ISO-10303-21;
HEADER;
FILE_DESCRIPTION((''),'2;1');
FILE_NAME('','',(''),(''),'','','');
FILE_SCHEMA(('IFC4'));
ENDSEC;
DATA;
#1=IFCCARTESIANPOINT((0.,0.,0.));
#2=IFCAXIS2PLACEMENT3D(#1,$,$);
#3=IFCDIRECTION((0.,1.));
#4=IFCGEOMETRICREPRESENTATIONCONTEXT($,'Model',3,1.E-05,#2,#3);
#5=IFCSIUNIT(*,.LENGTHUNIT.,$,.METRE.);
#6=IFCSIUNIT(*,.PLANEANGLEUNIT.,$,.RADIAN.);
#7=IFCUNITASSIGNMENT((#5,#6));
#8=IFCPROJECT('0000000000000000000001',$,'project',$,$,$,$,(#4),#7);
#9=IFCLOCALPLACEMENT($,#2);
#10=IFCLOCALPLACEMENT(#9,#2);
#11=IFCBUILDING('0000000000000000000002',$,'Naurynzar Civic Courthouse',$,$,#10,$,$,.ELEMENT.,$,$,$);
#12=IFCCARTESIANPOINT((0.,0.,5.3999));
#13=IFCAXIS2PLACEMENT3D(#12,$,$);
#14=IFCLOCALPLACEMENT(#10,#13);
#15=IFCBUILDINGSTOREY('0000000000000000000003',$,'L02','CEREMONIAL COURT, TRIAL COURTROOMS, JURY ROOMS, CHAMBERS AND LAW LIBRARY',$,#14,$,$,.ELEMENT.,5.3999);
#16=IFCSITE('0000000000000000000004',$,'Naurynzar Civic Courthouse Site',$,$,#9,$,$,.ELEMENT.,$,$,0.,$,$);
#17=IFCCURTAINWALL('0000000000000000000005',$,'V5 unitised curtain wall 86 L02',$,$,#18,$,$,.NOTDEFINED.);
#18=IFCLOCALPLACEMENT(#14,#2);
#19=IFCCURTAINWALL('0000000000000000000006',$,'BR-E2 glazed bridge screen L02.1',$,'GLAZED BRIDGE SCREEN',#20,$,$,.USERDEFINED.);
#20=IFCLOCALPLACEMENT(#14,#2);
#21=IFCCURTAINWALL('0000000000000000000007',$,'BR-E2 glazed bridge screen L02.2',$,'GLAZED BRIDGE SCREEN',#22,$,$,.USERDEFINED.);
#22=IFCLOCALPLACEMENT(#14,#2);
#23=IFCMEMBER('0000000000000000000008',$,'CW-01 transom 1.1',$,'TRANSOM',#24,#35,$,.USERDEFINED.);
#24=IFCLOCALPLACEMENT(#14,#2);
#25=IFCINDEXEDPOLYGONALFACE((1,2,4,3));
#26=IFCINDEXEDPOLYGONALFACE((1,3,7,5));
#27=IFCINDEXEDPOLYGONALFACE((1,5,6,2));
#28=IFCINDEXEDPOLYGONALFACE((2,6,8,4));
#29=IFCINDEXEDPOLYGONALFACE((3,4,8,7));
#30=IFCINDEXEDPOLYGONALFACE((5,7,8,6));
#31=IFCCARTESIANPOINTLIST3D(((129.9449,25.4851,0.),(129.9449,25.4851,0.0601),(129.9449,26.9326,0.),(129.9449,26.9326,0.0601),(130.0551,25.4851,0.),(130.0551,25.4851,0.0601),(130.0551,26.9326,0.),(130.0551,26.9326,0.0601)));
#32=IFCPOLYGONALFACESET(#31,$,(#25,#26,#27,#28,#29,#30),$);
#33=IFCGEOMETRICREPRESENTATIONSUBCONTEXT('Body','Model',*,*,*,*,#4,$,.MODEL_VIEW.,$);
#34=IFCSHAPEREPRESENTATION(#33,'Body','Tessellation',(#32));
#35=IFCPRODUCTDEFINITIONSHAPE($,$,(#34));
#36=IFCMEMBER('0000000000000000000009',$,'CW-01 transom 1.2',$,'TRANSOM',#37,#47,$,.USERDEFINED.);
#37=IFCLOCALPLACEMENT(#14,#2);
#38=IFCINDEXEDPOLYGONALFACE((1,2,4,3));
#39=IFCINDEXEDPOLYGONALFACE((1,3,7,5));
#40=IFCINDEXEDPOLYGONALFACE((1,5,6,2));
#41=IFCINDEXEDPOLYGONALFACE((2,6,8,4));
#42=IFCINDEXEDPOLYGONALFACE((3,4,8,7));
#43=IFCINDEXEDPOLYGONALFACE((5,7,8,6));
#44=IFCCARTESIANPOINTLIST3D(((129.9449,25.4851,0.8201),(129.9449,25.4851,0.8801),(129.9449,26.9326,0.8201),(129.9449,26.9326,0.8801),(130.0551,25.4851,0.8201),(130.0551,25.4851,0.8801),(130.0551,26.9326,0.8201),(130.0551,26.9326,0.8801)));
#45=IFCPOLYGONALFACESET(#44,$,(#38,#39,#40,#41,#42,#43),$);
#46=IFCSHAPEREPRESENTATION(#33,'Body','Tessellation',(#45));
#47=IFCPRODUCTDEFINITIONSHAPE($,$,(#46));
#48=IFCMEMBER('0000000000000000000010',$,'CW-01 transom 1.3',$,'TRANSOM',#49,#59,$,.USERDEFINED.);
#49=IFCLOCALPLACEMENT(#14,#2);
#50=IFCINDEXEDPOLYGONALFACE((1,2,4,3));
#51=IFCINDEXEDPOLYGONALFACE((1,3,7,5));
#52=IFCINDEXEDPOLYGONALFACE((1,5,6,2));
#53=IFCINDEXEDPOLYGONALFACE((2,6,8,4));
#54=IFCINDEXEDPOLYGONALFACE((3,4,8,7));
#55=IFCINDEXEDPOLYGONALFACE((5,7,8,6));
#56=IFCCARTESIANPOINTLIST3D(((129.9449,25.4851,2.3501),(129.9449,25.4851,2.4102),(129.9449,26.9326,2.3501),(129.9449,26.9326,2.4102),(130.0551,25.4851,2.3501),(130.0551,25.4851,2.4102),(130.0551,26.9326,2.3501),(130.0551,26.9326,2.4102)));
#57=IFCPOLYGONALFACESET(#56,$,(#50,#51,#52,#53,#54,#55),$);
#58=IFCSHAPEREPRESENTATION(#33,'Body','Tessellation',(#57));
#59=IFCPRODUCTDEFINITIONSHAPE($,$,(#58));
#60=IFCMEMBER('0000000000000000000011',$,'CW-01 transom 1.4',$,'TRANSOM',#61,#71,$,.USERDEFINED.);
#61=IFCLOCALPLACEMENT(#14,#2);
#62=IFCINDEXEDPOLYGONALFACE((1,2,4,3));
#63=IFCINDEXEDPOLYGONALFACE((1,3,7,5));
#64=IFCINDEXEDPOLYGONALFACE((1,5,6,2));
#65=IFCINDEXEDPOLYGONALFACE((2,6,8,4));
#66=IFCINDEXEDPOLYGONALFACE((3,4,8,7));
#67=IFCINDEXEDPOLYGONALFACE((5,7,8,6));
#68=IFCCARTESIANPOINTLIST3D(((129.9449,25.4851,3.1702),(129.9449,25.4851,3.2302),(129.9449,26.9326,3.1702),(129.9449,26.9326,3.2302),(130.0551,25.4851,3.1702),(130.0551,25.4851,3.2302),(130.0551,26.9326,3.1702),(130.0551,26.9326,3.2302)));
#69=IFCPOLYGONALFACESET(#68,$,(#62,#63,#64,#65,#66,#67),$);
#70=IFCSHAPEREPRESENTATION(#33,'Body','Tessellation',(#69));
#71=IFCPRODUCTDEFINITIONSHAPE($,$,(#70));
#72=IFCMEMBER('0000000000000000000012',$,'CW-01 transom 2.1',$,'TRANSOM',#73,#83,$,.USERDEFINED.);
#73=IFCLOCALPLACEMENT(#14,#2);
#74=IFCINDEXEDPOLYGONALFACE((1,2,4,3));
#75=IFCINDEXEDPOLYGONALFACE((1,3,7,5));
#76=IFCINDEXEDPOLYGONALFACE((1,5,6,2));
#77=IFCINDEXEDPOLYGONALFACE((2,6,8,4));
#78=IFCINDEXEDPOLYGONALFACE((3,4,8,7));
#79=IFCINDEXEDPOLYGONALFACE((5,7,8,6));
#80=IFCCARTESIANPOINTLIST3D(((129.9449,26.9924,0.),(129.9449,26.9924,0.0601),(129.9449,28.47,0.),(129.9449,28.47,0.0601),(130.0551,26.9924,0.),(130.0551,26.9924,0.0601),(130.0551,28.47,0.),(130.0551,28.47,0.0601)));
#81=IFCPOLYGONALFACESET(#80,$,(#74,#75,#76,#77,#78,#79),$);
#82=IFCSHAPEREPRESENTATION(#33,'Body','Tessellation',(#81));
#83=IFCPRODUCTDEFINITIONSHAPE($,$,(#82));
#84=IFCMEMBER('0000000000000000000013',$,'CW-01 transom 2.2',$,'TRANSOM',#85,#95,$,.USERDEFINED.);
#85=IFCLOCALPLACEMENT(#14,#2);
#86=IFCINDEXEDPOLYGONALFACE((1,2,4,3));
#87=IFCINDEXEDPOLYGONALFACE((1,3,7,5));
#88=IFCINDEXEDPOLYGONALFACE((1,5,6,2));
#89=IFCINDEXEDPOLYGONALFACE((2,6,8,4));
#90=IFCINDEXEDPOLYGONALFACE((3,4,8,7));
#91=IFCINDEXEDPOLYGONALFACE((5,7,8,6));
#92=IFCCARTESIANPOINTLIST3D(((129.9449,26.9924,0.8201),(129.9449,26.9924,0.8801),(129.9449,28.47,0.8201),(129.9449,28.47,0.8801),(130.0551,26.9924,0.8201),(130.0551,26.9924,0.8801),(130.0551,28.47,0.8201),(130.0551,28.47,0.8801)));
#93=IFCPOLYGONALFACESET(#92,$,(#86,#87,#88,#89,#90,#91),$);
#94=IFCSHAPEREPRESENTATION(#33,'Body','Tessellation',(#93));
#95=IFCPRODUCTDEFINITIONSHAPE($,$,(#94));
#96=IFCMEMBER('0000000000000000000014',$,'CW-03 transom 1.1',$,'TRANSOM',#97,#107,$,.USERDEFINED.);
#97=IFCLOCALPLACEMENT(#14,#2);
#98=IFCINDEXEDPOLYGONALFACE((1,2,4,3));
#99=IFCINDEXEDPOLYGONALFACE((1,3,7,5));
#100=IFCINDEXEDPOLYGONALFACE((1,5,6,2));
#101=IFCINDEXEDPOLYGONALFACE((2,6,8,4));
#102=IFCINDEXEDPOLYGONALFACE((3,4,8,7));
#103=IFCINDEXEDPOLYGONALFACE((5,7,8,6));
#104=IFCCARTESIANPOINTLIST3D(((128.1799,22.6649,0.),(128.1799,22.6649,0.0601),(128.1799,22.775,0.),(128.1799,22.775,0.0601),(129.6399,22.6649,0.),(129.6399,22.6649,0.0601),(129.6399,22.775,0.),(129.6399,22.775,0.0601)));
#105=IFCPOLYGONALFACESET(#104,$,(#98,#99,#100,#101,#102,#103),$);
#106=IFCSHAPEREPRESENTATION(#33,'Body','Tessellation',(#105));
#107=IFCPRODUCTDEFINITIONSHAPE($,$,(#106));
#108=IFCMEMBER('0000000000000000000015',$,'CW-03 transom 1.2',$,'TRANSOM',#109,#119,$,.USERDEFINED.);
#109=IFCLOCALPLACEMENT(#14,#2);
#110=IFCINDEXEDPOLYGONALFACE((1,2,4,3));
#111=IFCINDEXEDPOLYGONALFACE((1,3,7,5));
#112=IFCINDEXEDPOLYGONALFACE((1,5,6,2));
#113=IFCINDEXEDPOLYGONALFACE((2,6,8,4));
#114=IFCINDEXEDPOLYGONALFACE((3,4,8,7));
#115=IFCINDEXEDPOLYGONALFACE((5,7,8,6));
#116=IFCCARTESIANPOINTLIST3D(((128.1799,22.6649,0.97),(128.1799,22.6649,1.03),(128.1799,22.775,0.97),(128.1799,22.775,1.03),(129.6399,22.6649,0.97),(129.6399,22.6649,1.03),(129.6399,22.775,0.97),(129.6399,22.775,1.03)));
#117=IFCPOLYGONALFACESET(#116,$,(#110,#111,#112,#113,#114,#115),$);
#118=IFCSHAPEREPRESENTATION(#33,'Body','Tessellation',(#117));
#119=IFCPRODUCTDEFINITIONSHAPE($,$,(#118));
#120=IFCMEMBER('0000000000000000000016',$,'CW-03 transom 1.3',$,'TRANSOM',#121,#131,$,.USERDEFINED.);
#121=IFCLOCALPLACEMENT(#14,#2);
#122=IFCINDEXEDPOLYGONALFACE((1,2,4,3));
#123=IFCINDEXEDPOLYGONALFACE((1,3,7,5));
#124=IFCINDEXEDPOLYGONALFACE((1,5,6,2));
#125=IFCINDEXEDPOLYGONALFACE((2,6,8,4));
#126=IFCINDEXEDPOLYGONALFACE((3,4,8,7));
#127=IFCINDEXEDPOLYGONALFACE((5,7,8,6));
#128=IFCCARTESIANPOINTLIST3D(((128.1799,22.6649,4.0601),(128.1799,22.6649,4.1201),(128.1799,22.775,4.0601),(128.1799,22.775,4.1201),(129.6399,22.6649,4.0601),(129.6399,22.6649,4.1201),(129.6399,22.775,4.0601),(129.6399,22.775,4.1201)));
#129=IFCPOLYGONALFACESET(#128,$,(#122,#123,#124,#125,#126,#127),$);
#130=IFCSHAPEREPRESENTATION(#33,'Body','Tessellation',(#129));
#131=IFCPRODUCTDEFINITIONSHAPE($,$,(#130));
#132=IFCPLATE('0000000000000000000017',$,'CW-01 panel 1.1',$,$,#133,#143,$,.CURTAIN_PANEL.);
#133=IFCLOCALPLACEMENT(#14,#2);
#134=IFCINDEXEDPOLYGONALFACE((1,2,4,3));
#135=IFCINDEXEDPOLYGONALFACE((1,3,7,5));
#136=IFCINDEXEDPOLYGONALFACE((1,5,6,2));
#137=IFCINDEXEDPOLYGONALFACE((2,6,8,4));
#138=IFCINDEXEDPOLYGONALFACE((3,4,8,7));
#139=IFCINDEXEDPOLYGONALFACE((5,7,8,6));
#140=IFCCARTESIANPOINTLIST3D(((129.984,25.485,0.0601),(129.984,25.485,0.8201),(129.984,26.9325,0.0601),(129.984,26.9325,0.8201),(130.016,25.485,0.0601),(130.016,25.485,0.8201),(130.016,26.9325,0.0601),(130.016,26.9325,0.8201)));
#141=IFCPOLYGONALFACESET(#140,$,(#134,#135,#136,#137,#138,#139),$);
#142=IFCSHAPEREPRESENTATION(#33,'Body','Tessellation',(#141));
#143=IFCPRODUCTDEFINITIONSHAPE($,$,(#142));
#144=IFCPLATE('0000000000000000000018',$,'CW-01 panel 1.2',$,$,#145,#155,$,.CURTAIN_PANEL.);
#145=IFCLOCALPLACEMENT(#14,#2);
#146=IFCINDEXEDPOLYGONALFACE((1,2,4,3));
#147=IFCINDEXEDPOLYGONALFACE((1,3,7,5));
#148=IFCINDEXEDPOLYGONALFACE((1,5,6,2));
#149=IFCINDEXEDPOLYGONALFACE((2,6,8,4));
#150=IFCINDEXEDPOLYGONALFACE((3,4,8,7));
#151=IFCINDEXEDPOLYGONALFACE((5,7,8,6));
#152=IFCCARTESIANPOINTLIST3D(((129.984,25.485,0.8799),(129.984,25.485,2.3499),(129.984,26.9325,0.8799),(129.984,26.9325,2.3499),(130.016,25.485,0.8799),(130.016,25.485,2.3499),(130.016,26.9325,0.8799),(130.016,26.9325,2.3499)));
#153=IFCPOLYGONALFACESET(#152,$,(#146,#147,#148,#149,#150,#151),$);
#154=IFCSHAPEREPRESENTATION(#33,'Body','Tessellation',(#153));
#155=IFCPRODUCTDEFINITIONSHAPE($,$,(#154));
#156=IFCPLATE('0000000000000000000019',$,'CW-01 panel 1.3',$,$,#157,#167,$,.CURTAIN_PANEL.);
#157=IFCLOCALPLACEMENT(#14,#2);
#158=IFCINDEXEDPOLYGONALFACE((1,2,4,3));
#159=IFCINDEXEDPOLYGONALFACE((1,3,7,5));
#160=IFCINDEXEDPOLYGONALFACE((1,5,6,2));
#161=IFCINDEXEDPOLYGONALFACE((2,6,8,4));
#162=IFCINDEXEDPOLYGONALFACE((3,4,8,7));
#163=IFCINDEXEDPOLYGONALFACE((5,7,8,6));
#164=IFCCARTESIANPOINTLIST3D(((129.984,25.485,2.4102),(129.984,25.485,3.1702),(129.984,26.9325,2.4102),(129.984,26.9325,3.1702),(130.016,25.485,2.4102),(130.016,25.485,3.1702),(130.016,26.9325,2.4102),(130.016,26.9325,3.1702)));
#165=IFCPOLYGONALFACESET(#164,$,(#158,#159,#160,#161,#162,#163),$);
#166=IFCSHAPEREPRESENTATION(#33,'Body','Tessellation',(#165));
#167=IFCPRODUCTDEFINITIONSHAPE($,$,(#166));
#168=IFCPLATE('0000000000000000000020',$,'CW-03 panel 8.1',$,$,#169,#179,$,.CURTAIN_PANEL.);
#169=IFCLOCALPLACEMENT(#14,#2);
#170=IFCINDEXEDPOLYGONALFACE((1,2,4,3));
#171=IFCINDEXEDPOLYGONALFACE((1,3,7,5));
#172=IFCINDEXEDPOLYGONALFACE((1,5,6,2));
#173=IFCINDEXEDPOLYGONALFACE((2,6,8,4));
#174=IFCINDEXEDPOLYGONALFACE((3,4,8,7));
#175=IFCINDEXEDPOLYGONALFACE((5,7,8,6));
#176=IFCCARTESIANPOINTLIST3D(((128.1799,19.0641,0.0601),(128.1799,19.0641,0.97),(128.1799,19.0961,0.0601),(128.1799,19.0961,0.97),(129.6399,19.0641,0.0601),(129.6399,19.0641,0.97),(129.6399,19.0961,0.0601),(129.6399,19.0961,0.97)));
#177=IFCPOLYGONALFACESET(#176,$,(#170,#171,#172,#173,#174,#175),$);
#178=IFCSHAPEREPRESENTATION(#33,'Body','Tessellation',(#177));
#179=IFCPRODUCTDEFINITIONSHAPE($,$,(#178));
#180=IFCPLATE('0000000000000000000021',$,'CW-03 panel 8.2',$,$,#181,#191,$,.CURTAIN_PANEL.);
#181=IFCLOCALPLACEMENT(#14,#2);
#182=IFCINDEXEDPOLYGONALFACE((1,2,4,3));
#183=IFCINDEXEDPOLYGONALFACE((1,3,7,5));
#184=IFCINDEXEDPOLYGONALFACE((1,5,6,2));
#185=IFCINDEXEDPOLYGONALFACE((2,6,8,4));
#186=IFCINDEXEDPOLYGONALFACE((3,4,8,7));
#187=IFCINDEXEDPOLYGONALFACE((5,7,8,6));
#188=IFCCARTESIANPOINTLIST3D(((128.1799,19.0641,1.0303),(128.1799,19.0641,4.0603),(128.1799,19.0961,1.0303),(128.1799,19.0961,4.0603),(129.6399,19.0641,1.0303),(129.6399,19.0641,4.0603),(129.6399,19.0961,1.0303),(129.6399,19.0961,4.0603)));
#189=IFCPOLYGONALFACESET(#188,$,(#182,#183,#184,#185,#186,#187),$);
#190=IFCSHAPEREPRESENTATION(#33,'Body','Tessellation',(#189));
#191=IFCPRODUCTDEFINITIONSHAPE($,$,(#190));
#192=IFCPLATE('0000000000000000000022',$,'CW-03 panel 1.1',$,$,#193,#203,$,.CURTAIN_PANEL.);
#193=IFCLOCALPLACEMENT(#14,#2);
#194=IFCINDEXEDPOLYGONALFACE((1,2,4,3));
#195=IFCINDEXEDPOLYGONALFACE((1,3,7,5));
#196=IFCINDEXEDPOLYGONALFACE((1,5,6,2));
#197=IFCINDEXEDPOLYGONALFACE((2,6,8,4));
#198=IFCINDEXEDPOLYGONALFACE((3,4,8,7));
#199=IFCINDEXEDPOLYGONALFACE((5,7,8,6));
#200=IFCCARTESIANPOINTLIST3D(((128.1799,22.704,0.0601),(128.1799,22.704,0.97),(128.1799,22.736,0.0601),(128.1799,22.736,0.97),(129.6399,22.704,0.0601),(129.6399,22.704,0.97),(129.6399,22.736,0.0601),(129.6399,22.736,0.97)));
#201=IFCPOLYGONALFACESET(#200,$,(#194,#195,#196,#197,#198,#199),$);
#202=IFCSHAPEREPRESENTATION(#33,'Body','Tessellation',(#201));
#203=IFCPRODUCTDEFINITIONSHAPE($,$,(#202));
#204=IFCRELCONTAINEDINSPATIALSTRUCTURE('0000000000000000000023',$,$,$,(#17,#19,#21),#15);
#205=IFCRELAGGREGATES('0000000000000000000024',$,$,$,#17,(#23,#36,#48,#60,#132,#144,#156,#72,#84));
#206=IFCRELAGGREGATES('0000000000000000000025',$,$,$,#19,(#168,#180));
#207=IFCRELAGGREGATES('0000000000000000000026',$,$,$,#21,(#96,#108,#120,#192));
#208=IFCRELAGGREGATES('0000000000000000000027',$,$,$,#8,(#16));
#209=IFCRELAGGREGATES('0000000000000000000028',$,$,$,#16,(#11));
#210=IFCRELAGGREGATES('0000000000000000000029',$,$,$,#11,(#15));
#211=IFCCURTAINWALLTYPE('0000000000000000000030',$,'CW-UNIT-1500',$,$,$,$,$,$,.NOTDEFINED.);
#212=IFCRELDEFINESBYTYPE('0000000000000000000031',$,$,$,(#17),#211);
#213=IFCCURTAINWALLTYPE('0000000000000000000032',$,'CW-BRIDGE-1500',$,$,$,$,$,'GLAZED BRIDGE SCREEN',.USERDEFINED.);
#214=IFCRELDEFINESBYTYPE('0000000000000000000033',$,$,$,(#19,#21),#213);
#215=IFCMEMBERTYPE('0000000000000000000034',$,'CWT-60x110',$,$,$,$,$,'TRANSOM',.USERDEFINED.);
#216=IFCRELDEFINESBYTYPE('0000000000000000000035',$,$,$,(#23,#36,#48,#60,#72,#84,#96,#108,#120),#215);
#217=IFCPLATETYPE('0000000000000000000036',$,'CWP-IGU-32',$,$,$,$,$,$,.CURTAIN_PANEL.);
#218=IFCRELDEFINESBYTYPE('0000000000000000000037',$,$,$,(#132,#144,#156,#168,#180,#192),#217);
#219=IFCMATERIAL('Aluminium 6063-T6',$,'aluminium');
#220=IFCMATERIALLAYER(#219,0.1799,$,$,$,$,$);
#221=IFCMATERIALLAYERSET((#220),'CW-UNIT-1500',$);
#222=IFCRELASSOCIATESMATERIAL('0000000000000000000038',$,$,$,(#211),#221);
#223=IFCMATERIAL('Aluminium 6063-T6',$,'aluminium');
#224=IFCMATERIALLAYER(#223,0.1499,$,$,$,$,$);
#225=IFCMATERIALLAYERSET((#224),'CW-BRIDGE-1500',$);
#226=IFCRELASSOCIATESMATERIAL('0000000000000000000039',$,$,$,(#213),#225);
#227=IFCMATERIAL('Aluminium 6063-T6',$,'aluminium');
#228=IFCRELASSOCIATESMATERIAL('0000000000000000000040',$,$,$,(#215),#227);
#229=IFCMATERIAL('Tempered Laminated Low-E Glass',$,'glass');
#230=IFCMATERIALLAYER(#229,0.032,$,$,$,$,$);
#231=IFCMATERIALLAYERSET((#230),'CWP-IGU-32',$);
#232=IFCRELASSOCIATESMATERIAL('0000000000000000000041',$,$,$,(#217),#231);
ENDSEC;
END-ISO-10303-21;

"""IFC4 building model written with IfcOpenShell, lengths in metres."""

from ifc_helpers import new_model, si_unit, direction, frame, origin, origin_2d, place, context, subcontext, project, spatial, rectangle, extrude, material, layer, layer_set, material_profile, profile_set, type_object, element, aggregate, save


model = new_model("IFC4")

# Units and contexts
model_context = context("Model", 3, precision=1e-05, world=origin(), true_north=direction((0.0, 1.0)))
body_context = subcontext(model_context, "Body", "Model", "MODEL_VIEW")
ifc_project = project(units=[si_unit("LENGTHUNIT", "METRE"), si_unit("PLANEANGLEUNIT", "RADIAN")], contexts=[model_context])

# Site, building, storey
site_placement = place(None, origin())
site = spatial("IfcSite", under=ifc_project, at=site_placement, Name="Naurynzar Civic Courthouse Site", CompositionType="ELEMENT", RefElevation=0.0)
building_placement = place(site_placement, origin())
building = spatial("IfcBuilding", under=site, at=building_placement, Name="Naurynzar Civic Courthouse", CompositionType="ELEMENT")
storey_placement = place(building_placement, frame((0.0, 0.0, 5.3999)))
storey = spatial("IfcBuildingStorey", under=building, at=storey_placement, Name="L02", Description="CEREMONIAL COURT, TRIAL COURTROOMS, JURY ROOMS, CHAMBERS AND LAW LIBRARY", CompositionType="ELEMENT", Elevation=5.3999)

# Curtain wall
ifc_material_1 = material(Name="Aluminium 6063-T6", Category="aluminium")
ifc_layer_1 = layer(ifc_material_1, 0.1799)
ifc_layer_set_1 = layer_set([ifc_layer_1], Name="CW-UNIT-1500")
curtain_wall_type_1 = type_object("IfcCurtainWallType", Name="CW-UNIT-1500", PredefinedType="NOTDEFINED", material=ifc_layer_set_1)
curtain_wall_1_placement = place(storey_placement, origin())
curtain_wall_1 = element("IfcCurtainWall", 1, at=curtain_wall_1_placement, inside=storey, type_object=curtain_wall_type_1, Name="V5 unitised curtain wall 86 L02", PredefinedType="NOTDEFINED")

# Curtain walls
ifc_material_2 = material(Name="Aluminium 6063-T6", Category="aluminium")
ifc_layer_2 = layer(ifc_material_2, 0.1499)
ifc_layer_set_2 = layer_set([ifc_layer_2], Name="CW-BRIDGE-1500")
curtain_wall_type_2 = type_object("IfcCurtainWallType", Name="CW-BRIDGE-1500", ElementType="GLAZED BRIDGE SCREEN", PredefinedType="USERDEFINED", material=ifc_layer_set_2)
curtain_wall_2_placement = place(storey_placement, origin())
curtain_wall_2 = element("IfcCurtainWall", 2, at=curtain_wall_2_placement, inside=storey, type_object=curtain_wall_type_2, Name="BR-E2 glazed bridge screen L02.1", ObjectType="GLAZED BRIDGE SCREEN", PredefinedType="USERDEFINED")
curtain_wall_3_placement = place(storey_placement, origin())
curtain_wall_3 = element("IfcCurtainWall", 3, at=curtain_wall_3_placement, inside=storey, type_object=curtain_wall_type_2, Name="BR-E2 glazed bridge screen L02.2", ObjectType="GLAZED BRIDGE SCREEN", PredefinedType="USERDEFINED")

# Members
ifc_material_3 = material(Name="Aluminium 6063-T6", Category="aluminium")
ifc_material_profile_1 = material_profile(ifc_material_3, rectangle(XDim=0.1101, YDim=0.0601, at=origin_2d()), Name="ALU TRANSOM 60x110")
ifc_profile_set_1 = profile_set([ifc_material_profile_1], Name="Aluminium 6063-T6")
member_type_1 = type_object("IfcMemberType", Name="CWT-60x110", ElementType="TRANSOM", PredefinedType="USERDEFINED", material=ifc_profile_set_1)
member_1_placement = place(storey_placement, frame((130.0, 25.4851, 0.03), z_axis=(0.0, 1.0, 0.0), x_axis=(-1.0, 0.0, 0.0)))
member_1 = element("IfcMember", 4, at=member_1_placement, type_object=member_type_1, Name="CW-01 transom 1.1", ObjectType="TRANSOM", PredefinedType="USERDEFINED", context=body_context, shape_type="SweptSolid", body=[
    extrude(rectangle(XDim=0.1101, YDim=0.0601, at=origin_2d()), origin(), (0.0, 0.0, 1.0), 1.4475),
])
member_2_placement = place(storey_placement, frame((130.0, 25.4851, 0.8501), z_axis=(0.0, 1.0, 0.0), x_axis=(-1.0, 0.0, 0.0)))
member_2 = element("IfcMember", 5, at=member_2_placement, type_object=member_type_1, Name="CW-01 transom 1.2", ObjectType="TRANSOM", PredefinedType="USERDEFINED", context=body_context, shape_type="SweptSolid", body=[
    extrude(rectangle(XDim=0.1101, YDim=0.0601, at=origin_2d()), origin(), (0.0, 0.0, 1.0), 1.4475),
])
member_3_placement = place(storey_placement, frame((130.0, 25.4851, 2.3801), z_axis=(0.0, 1.0, 0.0), x_axis=(-1.0, 0.0, 0.0)))
member_3 = element("IfcMember", 6, at=member_3_placement, type_object=member_type_1, Name="CW-01 transom 1.3", ObjectType="TRANSOM", PredefinedType="USERDEFINED", context=body_context, shape_type="SweptSolid", body=[
    extrude(rectangle(XDim=0.1101, YDim=0.0601, at=origin_2d()), origin(), (0.0, 0.0, 1.0), 1.4475),
])
member_4_placement = place(storey_placement, frame((130.0, 25.4851, 3.2002), z_axis=(0.0, 1.0, 0.0), x_axis=(-1.0, 0.0, 0.0)))
member_4 = element("IfcMember", 7, at=member_4_placement, type_object=member_type_1, Name="CW-01 transom 1.4", ObjectType="TRANSOM", PredefinedType="USERDEFINED", context=body_context, shape_type="SweptSolid", body=[
    extrude(rectangle(XDim=0.1101, YDim=0.0601, at=origin_2d()), origin(), (0.0, 0.0, 1.0), 1.4475),
])
member_5_placement = place(storey_placement, frame((130.0, 26.9924, 0.03), z_axis=(0.0, 1.0, 0.0), x_axis=(-1.0, 0.0, 0.0)))
member_5 = element("IfcMember", 8, at=member_5_placement, type_object=member_type_1, Name="CW-01 transom 2.1", ObjectType="TRANSOM", PredefinedType="USERDEFINED", context=body_context, shape_type="SweptSolid", body=[
    extrude(rectangle(XDim=0.1101, YDim=0.0601, at=origin_2d()), origin(), (0.0, 0.0, 1.0), 1.4775),
])
member_6_placement = place(storey_placement, frame((130.0, 26.9924, 0.8501), z_axis=(0.0, 1.0, 0.0), x_axis=(-1.0, 0.0, 0.0)))
member_6 = element("IfcMember", 9, at=member_6_placement, type_object=member_type_1, Name="CW-01 transom 2.2", ObjectType="TRANSOM", PredefinedType="USERDEFINED", context=body_context, shape_type="SweptSolid", body=[
    extrude(rectangle(XDim=0.1101, YDim=0.0601, at=origin_2d()), origin(), (0.0, 0.0, 1.0), 1.4775),
])
member_7_placement = place(storey_placement, frame((129.6399, 22.72, 0.03), z_axis=(-1.0, 0.0, 0.0), x_axis=(0.0, -1.0, 0.0)))
member_7 = element("IfcMember", 10, at=member_7_placement, type_object=member_type_1, Name="CW-03 transom 1.1", ObjectType="TRANSOM", PredefinedType="USERDEFINED", context=body_context, shape_type="SweptSolid", body=[
    extrude(rectangle(XDim=0.1101, YDim=0.0601, at=origin_2d()), origin(), (0.0, 0.0, 1.0), 1.46),
])
member_8_placement = place(storey_placement, frame((129.6399, 22.72, 1.0), z_axis=(-1.0, 0.0, 0.0), x_axis=(0.0, -1.0, 0.0)))
member_8 = element("IfcMember", 11, at=member_8_placement, type_object=member_type_1, Name="CW-03 transom 1.2", ObjectType="TRANSOM", PredefinedType="USERDEFINED", context=body_context, shape_type="SweptSolid", body=[
    extrude(rectangle(XDim=0.1101, YDim=0.0601, at=origin_2d()), origin(), (0.0, 0.0, 1.0), 1.46),
])
member_9_placement = place(storey_placement, frame((129.6399, 22.72, 4.0901), z_axis=(-1.0, 0.0, 0.0), x_axis=(0.0, -1.0, 0.0)))
member_9 = element("IfcMember", 12, at=member_9_placement, type_object=member_type_1, Name="CW-03 transom 1.3", ObjectType="TRANSOM", PredefinedType="USERDEFINED", context=body_context, shape_type="SweptSolid", body=[
    extrude(rectangle(XDim=0.1101, YDim=0.0601, at=origin_2d()), origin(), (0.0, 0.0, 1.0), 1.46),
])

# Plates
ifc_material_4 = material(Name="Tempered Laminated Low-E Glass", Category="glass")
ifc_layer_3 = layer(ifc_material_4, 0.032)
ifc_layer_set_3 = layer_set([ifc_layer_3], Name="CWP-IGU-32")
plate_type_1 = type_object("IfcPlateType", Name="CWP-IGU-32", PredefinedType="CURTAIN_PANEL", material=ifc_layer_set_3)
plate_1_placement = place(storey_placement, frame((130.0, 26.2087, 0.0601), z_axis=(0.0, 0.0, 1.0), x_axis=(0.0, 1.0, 0.0)))
plate_1 = element("IfcPlate", 13, at=plate_1_placement, type_object=plate_type_1, Name="CW-01 panel 1.1", PredefinedType="CURTAIN_PANEL", context=body_context, shape_type="SweptSolid", body=[
    extrude(rectangle(XDim=1.4475, YDim=0.032, at=origin_2d()), origin(), (0.0, 0.0, 1.0), 0.76),
])
plate_2_placement = place(storey_placement, frame((130.0, 26.2087, 0.8799), z_axis=(0.0, 0.0, 1.0), x_axis=(0.0, 1.0, 0.0)))
plate_2 = element("IfcPlate", 14, at=plate_2_placement, type_object=plate_type_1, Name="CW-01 panel 1.2", PredefinedType="CURTAIN_PANEL", context=body_context, shape_type="SweptSolid", body=[
    extrude(rectangle(XDim=1.4475, YDim=0.032, at=origin_2d()), origin(), (0.0, 0.0, 1.0), 1.47),
])
plate_3_placement = place(storey_placement, frame((130.0, 26.2087, 2.4102), z_axis=(0.0, 0.0, 1.0), x_axis=(0.0, 1.0, 0.0)))
plate_3 = element("IfcPlate", 15, at=plate_3_placement, type_object=plate_type_1, Name="CW-01 panel 1.3", PredefinedType="CURTAIN_PANEL", context=body_context, shape_type="SweptSolid", body=[
    extrude(rectangle(XDim=1.4475, YDim=0.032, at=origin_2d()), origin(), (0.0, 0.0, 1.0), 0.76),
])
aggregate(curtain_wall_1, [member_1, member_2, member_3, member_4, plate_1, plate_2, plate_3, member_5, member_6])
plate_4_placement = place(storey_placement, frame((128.9099, 19.0801, 0.0601), z_axis=(0.0, 0.0, 1.0), x_axis=(1.0, 0.0, 0.0)))
plate_4 = element("IfcPlate", 16, at=plate_4_placement, type_object=plate_type_1, Name="CW-03 panel 8.1", PredefinedType="CURTAIN_PANEL", context=body_context, shape_type="SweptSolid", body=[
    extrude(rectangle(XDim=1.46, YDim=0.032, at=origin_2d()), origin(), (0.0, 0.0, 1.0), 0.9099),
])
plate_5_placement = place(storey_placement, frame((128.9099, 19.0801, 1.0303), z_axis=(0.0, 0.0, 1.0), x_axis=(1.0, 0.0, 0.0)))
plate_5 = element("IfcPlate", 17, at=plate_5_placement, type_object=plate_type_1, Name="CW-03 panel 8.2", PredefinedType="CURTAIN_PANEL", context=body_context, shape_type="SweptSolid", body=[
    extrude(rectangle(XDim=1.46, YDim=0.032, at=origin_2d()), origin(), (0.0, 0.0, 1.0), 3.03),
])
aggregate(curtain_wall_2, [plate_4, plate_5])
plate_6_placement = place(storey_placement, frame((128.9099, 22.72, 0.0601), z_axis=(0.0, 0.0, 1.0), x_axis=(-1.0, 0.0, 0.0)))
plate_6 = element("IfcPlate", 18, at=plate_6_placement, type_object=plate_type_1, Name="CW-03 panel 1.1", PredefinedType="CURTAIN_PANEL", context=body_context, shape_type="SweptSolid", body=[
    extrude(rectangle(XDim=1.46, YDim=0.032, at=origin_2d()), origin(), (0.0, 0.0, 1.0), 0.9099),
])
aggregate(curtain_wall_3, [member_7, member_8, member_9, plate_6])

save(model, "model.ifc")
